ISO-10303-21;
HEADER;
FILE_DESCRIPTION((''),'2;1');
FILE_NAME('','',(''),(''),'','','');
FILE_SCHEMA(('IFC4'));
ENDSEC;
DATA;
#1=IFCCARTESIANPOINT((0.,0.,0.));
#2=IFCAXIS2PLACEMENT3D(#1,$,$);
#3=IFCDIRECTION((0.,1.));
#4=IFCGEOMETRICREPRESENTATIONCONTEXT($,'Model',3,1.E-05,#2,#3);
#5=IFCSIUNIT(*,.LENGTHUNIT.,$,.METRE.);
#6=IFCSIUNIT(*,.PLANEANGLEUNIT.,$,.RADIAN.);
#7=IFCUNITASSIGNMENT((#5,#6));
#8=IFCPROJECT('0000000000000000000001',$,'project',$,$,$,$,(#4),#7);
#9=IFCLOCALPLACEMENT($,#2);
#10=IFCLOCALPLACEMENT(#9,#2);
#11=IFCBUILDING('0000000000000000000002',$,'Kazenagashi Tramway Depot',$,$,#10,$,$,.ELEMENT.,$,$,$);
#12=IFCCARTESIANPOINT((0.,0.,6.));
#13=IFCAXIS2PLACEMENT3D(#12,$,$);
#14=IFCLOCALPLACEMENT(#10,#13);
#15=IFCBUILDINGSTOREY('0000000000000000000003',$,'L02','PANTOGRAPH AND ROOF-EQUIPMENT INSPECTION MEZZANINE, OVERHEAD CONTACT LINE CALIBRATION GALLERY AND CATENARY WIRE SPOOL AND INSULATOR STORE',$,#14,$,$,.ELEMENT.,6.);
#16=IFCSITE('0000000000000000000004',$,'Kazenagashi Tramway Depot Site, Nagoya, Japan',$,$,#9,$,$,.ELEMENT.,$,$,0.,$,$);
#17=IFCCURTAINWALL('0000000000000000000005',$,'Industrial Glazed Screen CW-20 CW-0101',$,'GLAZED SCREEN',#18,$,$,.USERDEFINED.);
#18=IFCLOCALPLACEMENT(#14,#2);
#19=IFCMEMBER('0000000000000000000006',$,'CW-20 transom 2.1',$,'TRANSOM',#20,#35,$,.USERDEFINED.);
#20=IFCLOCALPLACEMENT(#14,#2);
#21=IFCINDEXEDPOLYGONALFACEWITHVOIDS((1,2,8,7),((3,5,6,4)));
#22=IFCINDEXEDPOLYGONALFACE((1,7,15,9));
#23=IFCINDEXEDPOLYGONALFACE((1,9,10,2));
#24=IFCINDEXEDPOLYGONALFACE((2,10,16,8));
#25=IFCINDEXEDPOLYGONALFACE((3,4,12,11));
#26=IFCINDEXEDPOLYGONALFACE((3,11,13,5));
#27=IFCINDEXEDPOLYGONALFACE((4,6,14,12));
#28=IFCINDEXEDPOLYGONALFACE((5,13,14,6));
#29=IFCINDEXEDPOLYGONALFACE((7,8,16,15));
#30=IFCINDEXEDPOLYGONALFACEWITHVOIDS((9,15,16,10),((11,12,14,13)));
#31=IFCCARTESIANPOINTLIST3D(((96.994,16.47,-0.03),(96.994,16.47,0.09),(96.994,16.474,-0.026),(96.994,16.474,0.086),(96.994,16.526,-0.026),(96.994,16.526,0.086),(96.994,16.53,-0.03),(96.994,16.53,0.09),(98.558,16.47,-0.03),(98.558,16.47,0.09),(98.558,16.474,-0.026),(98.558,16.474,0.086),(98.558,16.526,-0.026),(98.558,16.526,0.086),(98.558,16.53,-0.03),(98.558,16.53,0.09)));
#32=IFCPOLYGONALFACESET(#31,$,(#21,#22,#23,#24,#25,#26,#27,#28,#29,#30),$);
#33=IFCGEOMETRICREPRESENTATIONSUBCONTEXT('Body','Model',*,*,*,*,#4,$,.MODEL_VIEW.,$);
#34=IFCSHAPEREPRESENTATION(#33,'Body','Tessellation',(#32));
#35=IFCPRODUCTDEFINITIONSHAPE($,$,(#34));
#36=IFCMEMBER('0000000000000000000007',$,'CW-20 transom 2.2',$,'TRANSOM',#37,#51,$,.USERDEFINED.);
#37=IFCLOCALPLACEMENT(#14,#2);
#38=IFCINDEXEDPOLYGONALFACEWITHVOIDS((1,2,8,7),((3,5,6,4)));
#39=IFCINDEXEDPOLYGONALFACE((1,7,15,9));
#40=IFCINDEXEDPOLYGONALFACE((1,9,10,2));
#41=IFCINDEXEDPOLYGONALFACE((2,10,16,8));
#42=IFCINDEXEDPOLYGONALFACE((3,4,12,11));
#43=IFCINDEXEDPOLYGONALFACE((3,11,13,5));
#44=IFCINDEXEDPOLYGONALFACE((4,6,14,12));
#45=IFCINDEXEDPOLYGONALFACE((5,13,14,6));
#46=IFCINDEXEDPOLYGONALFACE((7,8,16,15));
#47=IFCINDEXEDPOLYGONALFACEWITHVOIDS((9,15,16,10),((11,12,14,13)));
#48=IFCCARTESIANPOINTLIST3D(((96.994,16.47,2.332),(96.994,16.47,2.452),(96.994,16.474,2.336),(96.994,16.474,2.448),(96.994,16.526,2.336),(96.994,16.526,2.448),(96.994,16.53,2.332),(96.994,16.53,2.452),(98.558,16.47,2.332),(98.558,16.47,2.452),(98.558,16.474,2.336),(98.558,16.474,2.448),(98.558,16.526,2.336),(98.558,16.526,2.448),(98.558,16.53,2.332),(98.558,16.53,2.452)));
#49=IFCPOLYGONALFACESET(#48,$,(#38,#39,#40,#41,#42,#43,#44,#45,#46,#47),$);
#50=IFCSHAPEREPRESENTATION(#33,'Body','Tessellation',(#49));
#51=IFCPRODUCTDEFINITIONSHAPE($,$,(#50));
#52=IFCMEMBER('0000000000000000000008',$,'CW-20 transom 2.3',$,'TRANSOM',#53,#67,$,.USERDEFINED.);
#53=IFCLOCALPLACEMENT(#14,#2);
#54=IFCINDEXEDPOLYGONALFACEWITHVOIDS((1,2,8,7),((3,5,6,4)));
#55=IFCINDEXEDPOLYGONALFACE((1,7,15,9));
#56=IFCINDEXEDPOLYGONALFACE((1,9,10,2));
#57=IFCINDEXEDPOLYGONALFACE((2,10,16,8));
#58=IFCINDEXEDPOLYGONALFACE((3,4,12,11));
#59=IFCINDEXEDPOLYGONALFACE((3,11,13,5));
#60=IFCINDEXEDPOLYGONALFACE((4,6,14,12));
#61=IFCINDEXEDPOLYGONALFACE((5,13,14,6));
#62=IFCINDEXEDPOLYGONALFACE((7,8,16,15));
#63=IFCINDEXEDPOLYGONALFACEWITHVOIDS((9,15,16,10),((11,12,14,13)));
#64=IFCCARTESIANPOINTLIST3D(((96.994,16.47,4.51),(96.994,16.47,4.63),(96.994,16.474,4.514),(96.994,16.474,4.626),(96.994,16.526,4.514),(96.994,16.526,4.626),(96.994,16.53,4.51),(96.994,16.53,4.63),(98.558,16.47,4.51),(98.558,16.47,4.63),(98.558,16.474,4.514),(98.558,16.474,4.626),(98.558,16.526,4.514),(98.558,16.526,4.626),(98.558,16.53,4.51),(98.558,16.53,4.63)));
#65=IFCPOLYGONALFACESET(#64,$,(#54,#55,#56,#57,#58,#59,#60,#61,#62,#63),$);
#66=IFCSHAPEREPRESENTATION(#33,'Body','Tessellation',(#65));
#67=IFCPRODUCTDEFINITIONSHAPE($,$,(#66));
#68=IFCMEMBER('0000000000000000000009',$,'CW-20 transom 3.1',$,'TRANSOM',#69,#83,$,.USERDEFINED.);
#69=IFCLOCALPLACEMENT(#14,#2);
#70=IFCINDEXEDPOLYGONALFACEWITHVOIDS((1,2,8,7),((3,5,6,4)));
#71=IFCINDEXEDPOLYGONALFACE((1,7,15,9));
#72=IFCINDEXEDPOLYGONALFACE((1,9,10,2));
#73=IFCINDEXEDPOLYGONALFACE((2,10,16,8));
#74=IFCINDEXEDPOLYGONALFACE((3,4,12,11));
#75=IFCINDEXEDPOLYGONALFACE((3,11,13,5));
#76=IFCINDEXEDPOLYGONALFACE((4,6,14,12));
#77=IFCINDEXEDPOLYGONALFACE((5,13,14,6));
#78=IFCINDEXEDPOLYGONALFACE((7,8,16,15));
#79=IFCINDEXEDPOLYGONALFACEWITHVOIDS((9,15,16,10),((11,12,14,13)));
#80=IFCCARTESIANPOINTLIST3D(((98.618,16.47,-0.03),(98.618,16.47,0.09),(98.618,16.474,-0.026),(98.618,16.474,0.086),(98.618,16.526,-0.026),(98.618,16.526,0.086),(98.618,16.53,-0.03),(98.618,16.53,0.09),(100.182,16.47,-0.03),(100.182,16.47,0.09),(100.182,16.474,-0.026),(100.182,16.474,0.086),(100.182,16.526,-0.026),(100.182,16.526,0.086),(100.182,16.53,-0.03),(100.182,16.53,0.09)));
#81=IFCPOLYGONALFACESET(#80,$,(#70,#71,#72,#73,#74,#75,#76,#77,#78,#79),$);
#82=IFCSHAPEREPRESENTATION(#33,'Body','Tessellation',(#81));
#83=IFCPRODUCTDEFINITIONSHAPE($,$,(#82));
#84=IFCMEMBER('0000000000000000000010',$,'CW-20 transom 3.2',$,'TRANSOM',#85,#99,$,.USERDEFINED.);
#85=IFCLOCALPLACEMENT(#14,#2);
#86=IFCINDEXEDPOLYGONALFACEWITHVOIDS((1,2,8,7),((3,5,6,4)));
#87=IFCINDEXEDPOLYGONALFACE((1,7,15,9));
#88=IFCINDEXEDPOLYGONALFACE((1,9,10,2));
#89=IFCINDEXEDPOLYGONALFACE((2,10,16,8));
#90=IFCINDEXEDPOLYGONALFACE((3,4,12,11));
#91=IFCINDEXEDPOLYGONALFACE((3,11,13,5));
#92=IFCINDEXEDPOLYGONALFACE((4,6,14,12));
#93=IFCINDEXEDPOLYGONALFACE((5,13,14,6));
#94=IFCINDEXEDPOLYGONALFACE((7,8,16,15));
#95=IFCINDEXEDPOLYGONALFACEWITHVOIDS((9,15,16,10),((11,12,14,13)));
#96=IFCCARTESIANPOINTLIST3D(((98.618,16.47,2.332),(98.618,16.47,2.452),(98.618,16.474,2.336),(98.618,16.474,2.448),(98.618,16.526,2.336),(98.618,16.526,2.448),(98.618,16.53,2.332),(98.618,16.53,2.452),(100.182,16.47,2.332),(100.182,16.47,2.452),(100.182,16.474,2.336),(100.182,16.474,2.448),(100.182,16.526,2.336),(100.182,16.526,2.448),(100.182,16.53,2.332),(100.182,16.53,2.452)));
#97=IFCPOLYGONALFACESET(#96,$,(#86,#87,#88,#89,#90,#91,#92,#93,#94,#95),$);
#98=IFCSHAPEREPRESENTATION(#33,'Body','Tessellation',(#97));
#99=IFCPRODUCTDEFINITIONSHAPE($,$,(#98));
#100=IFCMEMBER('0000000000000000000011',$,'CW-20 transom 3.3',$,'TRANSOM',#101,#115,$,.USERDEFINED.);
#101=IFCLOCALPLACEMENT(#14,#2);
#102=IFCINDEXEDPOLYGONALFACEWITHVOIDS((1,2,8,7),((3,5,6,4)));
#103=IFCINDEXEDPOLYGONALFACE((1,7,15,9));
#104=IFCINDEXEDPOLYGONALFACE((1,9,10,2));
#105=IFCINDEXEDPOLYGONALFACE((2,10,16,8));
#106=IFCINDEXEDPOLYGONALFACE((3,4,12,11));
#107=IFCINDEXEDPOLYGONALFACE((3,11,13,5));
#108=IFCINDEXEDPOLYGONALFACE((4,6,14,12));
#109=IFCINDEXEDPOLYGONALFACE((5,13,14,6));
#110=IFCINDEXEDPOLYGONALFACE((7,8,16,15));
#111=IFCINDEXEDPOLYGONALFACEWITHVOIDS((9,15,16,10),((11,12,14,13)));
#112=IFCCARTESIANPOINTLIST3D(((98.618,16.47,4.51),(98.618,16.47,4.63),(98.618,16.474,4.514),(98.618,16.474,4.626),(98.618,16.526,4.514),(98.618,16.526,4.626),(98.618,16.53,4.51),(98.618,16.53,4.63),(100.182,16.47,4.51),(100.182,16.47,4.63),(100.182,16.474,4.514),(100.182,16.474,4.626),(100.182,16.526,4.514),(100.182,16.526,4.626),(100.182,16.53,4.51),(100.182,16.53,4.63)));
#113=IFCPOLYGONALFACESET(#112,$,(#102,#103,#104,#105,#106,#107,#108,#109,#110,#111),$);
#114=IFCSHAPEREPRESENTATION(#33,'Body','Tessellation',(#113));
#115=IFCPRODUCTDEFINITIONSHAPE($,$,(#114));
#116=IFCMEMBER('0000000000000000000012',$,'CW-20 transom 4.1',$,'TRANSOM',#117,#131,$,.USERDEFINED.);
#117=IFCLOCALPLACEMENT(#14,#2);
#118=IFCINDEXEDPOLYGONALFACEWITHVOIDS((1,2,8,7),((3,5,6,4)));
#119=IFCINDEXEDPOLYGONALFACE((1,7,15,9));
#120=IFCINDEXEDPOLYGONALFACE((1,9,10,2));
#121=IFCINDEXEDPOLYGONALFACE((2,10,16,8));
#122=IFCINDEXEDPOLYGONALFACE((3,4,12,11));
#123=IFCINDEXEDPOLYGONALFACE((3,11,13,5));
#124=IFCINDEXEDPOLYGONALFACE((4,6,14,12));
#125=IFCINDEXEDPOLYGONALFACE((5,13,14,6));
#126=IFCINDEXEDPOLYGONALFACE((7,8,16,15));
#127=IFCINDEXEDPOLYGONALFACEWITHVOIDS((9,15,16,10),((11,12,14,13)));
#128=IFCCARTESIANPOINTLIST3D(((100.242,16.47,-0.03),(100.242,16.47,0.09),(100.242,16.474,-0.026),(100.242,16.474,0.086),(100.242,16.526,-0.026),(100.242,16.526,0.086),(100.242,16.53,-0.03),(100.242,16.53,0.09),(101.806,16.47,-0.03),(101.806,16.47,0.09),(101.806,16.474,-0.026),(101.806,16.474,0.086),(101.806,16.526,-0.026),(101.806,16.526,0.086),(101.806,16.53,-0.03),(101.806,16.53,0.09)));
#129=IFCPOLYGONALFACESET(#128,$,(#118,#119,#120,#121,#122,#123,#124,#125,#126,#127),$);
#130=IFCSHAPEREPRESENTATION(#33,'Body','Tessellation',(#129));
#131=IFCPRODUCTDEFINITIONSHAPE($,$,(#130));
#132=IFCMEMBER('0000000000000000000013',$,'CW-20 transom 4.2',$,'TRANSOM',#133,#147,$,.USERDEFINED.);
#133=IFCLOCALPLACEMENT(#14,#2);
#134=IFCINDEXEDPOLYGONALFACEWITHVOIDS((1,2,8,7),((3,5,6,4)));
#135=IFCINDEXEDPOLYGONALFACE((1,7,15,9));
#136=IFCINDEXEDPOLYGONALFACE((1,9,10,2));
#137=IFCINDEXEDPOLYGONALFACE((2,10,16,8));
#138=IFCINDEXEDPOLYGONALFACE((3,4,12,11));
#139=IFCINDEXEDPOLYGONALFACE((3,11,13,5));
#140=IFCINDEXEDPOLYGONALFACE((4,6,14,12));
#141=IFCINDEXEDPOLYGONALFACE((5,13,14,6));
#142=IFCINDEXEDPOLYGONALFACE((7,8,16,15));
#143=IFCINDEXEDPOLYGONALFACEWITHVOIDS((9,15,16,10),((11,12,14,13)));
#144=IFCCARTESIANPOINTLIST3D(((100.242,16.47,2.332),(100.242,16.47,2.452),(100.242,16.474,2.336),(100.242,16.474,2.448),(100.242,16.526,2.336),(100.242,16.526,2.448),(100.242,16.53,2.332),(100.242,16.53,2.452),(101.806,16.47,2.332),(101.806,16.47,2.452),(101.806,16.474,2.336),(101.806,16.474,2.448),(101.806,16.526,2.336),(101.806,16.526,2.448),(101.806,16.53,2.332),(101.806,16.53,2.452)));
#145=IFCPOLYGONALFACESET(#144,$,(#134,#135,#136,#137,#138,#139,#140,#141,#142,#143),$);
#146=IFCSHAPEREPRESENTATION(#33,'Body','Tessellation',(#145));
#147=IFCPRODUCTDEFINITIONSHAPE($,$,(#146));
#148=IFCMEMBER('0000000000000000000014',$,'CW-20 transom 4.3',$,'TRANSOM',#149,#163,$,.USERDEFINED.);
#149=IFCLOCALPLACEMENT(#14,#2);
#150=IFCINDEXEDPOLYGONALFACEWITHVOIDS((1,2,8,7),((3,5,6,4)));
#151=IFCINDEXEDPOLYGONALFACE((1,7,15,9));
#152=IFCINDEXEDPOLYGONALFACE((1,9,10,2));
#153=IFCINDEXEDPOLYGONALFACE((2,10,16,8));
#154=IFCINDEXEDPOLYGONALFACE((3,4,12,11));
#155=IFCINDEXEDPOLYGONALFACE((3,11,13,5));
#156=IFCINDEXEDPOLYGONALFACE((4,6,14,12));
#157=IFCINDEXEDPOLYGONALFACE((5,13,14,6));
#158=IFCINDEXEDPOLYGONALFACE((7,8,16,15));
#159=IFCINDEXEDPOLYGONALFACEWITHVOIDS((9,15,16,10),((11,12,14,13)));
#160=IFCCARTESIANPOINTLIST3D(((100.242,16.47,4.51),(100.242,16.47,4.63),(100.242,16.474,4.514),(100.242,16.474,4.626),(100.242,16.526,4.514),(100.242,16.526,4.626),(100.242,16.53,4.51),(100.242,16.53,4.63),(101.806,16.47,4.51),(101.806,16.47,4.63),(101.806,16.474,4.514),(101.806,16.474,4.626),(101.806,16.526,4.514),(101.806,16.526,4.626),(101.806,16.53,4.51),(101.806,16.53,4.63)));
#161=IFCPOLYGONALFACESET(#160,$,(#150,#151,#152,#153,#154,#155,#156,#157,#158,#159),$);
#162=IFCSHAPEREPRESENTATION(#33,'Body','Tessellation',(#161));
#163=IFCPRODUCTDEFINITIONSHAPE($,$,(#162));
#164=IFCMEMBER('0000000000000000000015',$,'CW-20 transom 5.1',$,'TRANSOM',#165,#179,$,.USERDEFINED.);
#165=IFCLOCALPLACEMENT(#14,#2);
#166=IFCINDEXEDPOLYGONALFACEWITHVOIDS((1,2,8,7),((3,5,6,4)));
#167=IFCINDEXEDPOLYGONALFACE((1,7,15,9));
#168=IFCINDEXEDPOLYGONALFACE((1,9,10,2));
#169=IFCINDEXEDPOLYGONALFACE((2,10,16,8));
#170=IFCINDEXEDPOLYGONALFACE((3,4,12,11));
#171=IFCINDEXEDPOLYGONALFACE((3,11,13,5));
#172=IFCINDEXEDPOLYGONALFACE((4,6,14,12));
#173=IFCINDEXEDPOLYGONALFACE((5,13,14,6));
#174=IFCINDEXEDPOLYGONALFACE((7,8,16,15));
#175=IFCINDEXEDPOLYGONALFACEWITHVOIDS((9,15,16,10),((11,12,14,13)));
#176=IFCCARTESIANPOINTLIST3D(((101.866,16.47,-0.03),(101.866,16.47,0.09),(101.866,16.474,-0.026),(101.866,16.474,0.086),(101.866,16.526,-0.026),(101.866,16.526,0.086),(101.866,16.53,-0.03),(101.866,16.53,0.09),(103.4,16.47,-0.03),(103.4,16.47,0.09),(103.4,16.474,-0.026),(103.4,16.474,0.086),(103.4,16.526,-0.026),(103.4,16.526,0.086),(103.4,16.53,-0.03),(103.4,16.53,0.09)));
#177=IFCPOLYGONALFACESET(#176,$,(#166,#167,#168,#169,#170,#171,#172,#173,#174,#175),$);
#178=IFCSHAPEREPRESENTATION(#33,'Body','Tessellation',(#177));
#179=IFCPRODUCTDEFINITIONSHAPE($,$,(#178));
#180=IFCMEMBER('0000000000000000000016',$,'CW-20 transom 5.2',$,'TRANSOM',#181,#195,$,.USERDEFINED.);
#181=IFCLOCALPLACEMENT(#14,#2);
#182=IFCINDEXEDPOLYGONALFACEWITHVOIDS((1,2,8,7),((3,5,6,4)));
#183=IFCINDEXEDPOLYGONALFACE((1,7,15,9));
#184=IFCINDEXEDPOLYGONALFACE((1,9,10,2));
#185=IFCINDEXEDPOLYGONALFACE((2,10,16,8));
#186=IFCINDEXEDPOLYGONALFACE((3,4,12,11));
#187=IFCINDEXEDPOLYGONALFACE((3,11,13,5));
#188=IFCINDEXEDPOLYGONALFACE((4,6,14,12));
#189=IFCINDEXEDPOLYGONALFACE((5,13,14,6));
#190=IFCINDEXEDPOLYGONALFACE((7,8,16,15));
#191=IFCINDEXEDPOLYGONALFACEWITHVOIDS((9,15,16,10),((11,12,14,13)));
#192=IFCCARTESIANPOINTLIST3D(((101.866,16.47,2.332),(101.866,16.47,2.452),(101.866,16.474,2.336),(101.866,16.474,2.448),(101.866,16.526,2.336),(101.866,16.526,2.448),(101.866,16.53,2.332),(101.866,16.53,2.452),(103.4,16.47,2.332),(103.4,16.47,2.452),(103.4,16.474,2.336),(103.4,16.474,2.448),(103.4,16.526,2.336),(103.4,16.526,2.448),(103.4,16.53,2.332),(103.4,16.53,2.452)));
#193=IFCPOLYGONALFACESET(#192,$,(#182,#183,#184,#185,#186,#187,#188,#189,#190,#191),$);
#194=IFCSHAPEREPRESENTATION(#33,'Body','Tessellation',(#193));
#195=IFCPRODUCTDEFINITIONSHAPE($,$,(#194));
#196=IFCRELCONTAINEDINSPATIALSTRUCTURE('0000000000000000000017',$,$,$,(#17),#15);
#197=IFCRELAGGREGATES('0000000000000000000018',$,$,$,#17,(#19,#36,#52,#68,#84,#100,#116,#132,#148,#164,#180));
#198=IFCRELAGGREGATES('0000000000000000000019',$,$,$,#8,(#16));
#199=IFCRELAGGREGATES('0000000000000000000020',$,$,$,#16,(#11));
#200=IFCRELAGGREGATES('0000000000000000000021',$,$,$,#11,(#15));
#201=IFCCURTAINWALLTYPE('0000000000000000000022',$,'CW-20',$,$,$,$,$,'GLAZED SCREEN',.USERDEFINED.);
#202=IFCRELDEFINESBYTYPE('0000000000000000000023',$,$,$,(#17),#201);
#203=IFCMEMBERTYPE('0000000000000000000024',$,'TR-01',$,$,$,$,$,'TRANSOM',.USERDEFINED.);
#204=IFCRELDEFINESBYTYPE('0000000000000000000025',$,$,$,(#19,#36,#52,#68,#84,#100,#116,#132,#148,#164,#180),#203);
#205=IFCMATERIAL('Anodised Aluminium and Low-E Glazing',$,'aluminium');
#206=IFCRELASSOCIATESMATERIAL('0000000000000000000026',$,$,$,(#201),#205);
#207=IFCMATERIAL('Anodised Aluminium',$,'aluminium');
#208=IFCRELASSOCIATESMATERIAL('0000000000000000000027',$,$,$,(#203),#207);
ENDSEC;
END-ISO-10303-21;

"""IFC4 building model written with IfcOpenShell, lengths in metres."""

from ifc_helpers import new_model, si_unit, direction, frame, origin, origin_2d, place, context, subcontext, project, spatial, hollow_rectangle, extrude, material, material_profile, profile_set, type_object, element, aggregate, save


model = new_model("IFC4")

# Units and contexts
model_context = context("Model", 3, precision=1e-05, world=origin(), true_north=direction((0.0, 1.0)))
body_context = subcontext(model_context, "Body", "Model", "MODEL_VIEW")
ifc_project = project(units=[si_unit("LENGTHUNIT", "METRE"), si_unit("PLANEANGLEUNIT", "RADIAN")], contexts=[model_context])

# Site, building, storey
site_placement = place(None, origin())
site = spatial("IfcSite", under=ifc_project, at=site_placement, Name="Kazenagashi Tramway Depot Site, Nagoya, Japan", CompositionType="ELEMENT", RefElevation=0.0)
building_placement = place(site_placement, origin())
building = spatial("IfcBuilding", under=site, at=building_placement, Name="Kazenagashi Tramway Depot", CompositionType="ELEMENT")
storey_placement = place(building_placement, frame((0.0, 0.0, 6.0)))
storey = spatial("IfcBuildingStorey", under=building, at=storey_placement, Name="L02", Description="PANTOGRAPH AND ROOF-EQUIPMENT INSPECTION MEZZANINE, OVERHEAD CONTACT LINE CALIBRATION GALLERY AND CATENARY WIRE SPOOL AND INSULATOR STORE", CompositionType="ELEMENT", Elevation=6.0)

# Curtain wall
ifc_material_1 = material(Name="Anodised Aluminium and Low-E Glazing", Category="aluminium")
curtain_wall_type = type_object("IfcCurtainWallType", Name="CW-20", ElementType="GLAZED SCREEN", PredefinedType="USERDEFINED", material=ifc_material_1)
curtain_wall_1_placement = place(storey_placement, origin())
curtain_wall_1 = element("IfcCurtainWall", 1, at=curtain_wall_1_placement, inside=storey, type_object=curtain_wall_type, Name="Industrial Glazed Screen CW-20 CW-0101", ObjectType="GLAZED SCREEN", PredefinedType="USERDEFINED")
ifc_material_2 = material(Name="Anodised Aluminium", Category="aluminium")

# Members
ifc_material_profile_1 = material_profile(ifc_material_2, hollow_rectangle(XDim=0.06, YDim=0.12, WallThickness=0.004, at=origin_2d()), Name="RHS-120x60x4")
ifc_profile_set_1 = profile_set([ifc_material_profile_1], Name="Anodised Aluminium")
member_type_1 = type_object("IfcMemberType", Name="TR-01", ElementType="TRANSOM", PredefinedType="USERDEFINED", material=ifc_profile_set_1)
member_1_placement = place(storey_placement, frame((96.994, 16.5, 0.03), z_axis=(1.0, 0.0, 0.0), x_axis=(0.0, 1.0, 0.0)))
member_1 = element("IfcMember", 2, at=member_1_placement, type_object=member_type_1, Name="CW-20 transom 2.1", ObjectType="TRANSOM", PredefinedType="USERDEFINED", context=body_context, shape_type="SweptSolid", body=[
    extrude(hollow_rectangle(XDim=0.06, YDim=0.12, WallThickness=0.004, at=origin_2d()), origin(), (0.0, 0.0, 1.0), 1.564),
])
member_2_placement = place(storey_placement, frame((96.994, 16.5, 2.392), z_axis=(1.0, 0.0, 0.0), x_axis=(0.0, 1.0, 0.0)))
member_2 = element("IfcMember", 3, at=member_2_placement, type_object=member_type_1, Name="CW-20 transom 2.2", ObjectType="TRANSOM", PredefinedType="USERDEFINED", context=body_context, shape_type="SweptSolid", body=[
    extrude(hollow_rectangle(XDim=0.06, YDim=0.12, WallThickness=0.004, at=origin_2d()), origin(), (0.0, 0.0, 1.0), 1.564),
])
member_3_placement = place(storey_placement, frame((96.994, 16.5, 4.57), z_axis=(1.0, 0.0, 0.0), x_axis=(0.0, 1.0, 0.0)))
member_3 = element("IfcMember", 4, at=member_3_placement, type_object=member_type_1, Name="CW-20 transom 2.3", ObjectType="TRANSOM", PredefinedType="USERDEFINED", context=body_context, shape_type="SweptSolid", body=[
    extrude(hollow_rectangle(XDim=0.06, YDim=0.12, WallThickness=0.004, at=origin_2d()), origin(), (0.0, 0.0, 1.0), 1.564),
])
member_4_placement = place(storey_placement, frame((98.618, 16.5, 0.03), z_axis=(1.0, 0.0, 0.0), x_axis=(0.0, 1.0, 0.0)))
member_4 = element("IfcMember", 5, at=member_4_placement, type_object=member_type_1, Name="CW-20 transom 3.1", ObjectType="TRANSOM", PredefinedType="USERDEFINED", context=body_context, shape_type="SweptSolid", body=[
    extrude(hollow_rectangle(XDim=0.06, YDim=0.12, WallThickness=0.004, at=origin_2d()), origin(), (0.0, 0.0, 1.0), 1.564),
])
member_5_placement = place(storey_placement, frame((98.618, 16.5, 2.392), z_axis=(1.0, 0.0, 0.0), x_axis=(0.0, 1.0, 0.0)))
member_5 = element("IfcMember", 6, at=member_5_placement, type_object=member_type_1, Name="CW-20 transom 3.2", ObjectType="TRANSOM", PredefinedType="USERDEFINED", context=body_context, shape_type="SweptSolid", body=[
    extrude(hollow_rectangle(XDim=0.06, YDim=0.12, WallThickness=0.004, at=origin_2d()), origin(), (0.0, 0.0, 1.0), 1.564),
])
member_6_placement = place(storey_placement, frame((98.618, 16.5, 4.57), z_axis=(1.0, 0.0, 0.0), x_axis=(0.0, 1.0, 0.0)))
member_6 = element("IfcMember", 7, at=member_6_placement, type_object=member_type_1, Name="CW-20 transom 3.3", ObjectType="TRANSOM", PredefinedType="USERDEFINED", context=body_context, shape_type="SweptSolid", body=[
    extrude(hollow_rectangle(XDim=0.06, YDim=0.12, WallThickness=0.004, at=origin_2d()), origin(), (0.0, 0.0, 1.0), 1.564),
])
member_7_placement = place(storey_placement, frame((100.242, 16.5, 0.03), z_axis=(1.0, 0.0, 0.0), x_axis=(0.0, 1.0, 0.0)))
member_7 = element("IfcMember", 8, at=member_7_placement, type_object=member_type_1, Name="CW-20 transom 4.1", ObjectType="TRANSOM", PredefinedType="USERDEFINED", context=body_context, shape_type="SweptSolid", body=[
    extrude(hollow_rectangle(XDim=0.06, YDim=0.12, WallThickness=0.004, at=origin_2d()), origin(), (0.0, 0.0, 1.0), 1.564),
])
member_8_placement = place(storey_placement, frame((100.242, 16.5, 2.392), z_axis=(1.0, 0.0, 0.0), x_axis=(0.0, 1.0, 0.0)))
member_8 = element("IfcMember", 9, at=member_8_placement, type_object=member_type_1, Name="CW-20 transom 4.2", ObjectType="TRANSOM", PredefinedType="USERDEFINED", context=body_context, shape_type="SweptSolid", body=[
    extrude(hollow_rectangle(XDim=0.06, YDim=0.12, WallThickness=0.004, at=origin_2d()), origin(), (0.0, 0.0, 1.0), 1.564),
])
member_9_placement = place(storey_placement, frame((100.242, 16.5, 4.57), z_axis=(1.0, 0.0, 0.0), x_axis=(0.0, 1.0, 0.0)))
member_9 = element("IfcMember", 10, at=member_9_placement, type_object=member_type_1, Name="CW-20 transom 4.3", ObjectType="TRANSOM", PredefinedType="USERDEFINED", context=body_context, shape_type="SweptSolid", body=[
    extrude(hollow_rectangle(XDim=0.06, YDim=0.12, WallThickness=0.004, at=origin_2d()), origin(), (0.0, 0.0, 1.0), 1.564),
])
member_10_placement = place(storey_placement, frame((101.866, 16.5, 0.03), z_axis=(1.0, 0.0, 0.0), x_axis=(0.0, 1.0, 0.0)))
member_10 = element("IfcMember", 11, at=member_10_placement, type_object=member_type_1, Name="CW-20 transom 5.1", ObjectType="TRANSOM", PredefinedType="USERDEFINED", context=body_context, shape_type="SweptSolid", body=[
    extrude(hollow_rectangle(XDim=0.06, YDim=0.12, WallThickness=0.004, at=origin_2d()), origin(), (0.0, 0.0, 1.0), 1.534),
])
member_11_placement = place(storey_placement, frame((101.866, 16.5, 2.392), z_axis=(1.0, 0.0, 0.0), x_axis=(0.0, 1.0, 0.0)))
member_11 = element("IfcMember", 12, at=member_11_placement, type_object=member_type_1, Name="CW-20 transom 5.2", ObjectType="TRANSOM", PredefinedType="USERDEFINED", context=body_context, shape_type="SweptSolid", body=[
    extrude(hollow_rectangle(XDim=0.06, YDim=0.12, WallThickness=0.004, at=origin_2d()), origin(), (0.0, 0.0, 1.0), 1.534),
])

aggregate(curtain_wall_1, [member_1, member_2, member_3, member_4, member_5, member_6, member_7, member_8, member_9, member_10, member_11])

save(model, "model.ifc")
